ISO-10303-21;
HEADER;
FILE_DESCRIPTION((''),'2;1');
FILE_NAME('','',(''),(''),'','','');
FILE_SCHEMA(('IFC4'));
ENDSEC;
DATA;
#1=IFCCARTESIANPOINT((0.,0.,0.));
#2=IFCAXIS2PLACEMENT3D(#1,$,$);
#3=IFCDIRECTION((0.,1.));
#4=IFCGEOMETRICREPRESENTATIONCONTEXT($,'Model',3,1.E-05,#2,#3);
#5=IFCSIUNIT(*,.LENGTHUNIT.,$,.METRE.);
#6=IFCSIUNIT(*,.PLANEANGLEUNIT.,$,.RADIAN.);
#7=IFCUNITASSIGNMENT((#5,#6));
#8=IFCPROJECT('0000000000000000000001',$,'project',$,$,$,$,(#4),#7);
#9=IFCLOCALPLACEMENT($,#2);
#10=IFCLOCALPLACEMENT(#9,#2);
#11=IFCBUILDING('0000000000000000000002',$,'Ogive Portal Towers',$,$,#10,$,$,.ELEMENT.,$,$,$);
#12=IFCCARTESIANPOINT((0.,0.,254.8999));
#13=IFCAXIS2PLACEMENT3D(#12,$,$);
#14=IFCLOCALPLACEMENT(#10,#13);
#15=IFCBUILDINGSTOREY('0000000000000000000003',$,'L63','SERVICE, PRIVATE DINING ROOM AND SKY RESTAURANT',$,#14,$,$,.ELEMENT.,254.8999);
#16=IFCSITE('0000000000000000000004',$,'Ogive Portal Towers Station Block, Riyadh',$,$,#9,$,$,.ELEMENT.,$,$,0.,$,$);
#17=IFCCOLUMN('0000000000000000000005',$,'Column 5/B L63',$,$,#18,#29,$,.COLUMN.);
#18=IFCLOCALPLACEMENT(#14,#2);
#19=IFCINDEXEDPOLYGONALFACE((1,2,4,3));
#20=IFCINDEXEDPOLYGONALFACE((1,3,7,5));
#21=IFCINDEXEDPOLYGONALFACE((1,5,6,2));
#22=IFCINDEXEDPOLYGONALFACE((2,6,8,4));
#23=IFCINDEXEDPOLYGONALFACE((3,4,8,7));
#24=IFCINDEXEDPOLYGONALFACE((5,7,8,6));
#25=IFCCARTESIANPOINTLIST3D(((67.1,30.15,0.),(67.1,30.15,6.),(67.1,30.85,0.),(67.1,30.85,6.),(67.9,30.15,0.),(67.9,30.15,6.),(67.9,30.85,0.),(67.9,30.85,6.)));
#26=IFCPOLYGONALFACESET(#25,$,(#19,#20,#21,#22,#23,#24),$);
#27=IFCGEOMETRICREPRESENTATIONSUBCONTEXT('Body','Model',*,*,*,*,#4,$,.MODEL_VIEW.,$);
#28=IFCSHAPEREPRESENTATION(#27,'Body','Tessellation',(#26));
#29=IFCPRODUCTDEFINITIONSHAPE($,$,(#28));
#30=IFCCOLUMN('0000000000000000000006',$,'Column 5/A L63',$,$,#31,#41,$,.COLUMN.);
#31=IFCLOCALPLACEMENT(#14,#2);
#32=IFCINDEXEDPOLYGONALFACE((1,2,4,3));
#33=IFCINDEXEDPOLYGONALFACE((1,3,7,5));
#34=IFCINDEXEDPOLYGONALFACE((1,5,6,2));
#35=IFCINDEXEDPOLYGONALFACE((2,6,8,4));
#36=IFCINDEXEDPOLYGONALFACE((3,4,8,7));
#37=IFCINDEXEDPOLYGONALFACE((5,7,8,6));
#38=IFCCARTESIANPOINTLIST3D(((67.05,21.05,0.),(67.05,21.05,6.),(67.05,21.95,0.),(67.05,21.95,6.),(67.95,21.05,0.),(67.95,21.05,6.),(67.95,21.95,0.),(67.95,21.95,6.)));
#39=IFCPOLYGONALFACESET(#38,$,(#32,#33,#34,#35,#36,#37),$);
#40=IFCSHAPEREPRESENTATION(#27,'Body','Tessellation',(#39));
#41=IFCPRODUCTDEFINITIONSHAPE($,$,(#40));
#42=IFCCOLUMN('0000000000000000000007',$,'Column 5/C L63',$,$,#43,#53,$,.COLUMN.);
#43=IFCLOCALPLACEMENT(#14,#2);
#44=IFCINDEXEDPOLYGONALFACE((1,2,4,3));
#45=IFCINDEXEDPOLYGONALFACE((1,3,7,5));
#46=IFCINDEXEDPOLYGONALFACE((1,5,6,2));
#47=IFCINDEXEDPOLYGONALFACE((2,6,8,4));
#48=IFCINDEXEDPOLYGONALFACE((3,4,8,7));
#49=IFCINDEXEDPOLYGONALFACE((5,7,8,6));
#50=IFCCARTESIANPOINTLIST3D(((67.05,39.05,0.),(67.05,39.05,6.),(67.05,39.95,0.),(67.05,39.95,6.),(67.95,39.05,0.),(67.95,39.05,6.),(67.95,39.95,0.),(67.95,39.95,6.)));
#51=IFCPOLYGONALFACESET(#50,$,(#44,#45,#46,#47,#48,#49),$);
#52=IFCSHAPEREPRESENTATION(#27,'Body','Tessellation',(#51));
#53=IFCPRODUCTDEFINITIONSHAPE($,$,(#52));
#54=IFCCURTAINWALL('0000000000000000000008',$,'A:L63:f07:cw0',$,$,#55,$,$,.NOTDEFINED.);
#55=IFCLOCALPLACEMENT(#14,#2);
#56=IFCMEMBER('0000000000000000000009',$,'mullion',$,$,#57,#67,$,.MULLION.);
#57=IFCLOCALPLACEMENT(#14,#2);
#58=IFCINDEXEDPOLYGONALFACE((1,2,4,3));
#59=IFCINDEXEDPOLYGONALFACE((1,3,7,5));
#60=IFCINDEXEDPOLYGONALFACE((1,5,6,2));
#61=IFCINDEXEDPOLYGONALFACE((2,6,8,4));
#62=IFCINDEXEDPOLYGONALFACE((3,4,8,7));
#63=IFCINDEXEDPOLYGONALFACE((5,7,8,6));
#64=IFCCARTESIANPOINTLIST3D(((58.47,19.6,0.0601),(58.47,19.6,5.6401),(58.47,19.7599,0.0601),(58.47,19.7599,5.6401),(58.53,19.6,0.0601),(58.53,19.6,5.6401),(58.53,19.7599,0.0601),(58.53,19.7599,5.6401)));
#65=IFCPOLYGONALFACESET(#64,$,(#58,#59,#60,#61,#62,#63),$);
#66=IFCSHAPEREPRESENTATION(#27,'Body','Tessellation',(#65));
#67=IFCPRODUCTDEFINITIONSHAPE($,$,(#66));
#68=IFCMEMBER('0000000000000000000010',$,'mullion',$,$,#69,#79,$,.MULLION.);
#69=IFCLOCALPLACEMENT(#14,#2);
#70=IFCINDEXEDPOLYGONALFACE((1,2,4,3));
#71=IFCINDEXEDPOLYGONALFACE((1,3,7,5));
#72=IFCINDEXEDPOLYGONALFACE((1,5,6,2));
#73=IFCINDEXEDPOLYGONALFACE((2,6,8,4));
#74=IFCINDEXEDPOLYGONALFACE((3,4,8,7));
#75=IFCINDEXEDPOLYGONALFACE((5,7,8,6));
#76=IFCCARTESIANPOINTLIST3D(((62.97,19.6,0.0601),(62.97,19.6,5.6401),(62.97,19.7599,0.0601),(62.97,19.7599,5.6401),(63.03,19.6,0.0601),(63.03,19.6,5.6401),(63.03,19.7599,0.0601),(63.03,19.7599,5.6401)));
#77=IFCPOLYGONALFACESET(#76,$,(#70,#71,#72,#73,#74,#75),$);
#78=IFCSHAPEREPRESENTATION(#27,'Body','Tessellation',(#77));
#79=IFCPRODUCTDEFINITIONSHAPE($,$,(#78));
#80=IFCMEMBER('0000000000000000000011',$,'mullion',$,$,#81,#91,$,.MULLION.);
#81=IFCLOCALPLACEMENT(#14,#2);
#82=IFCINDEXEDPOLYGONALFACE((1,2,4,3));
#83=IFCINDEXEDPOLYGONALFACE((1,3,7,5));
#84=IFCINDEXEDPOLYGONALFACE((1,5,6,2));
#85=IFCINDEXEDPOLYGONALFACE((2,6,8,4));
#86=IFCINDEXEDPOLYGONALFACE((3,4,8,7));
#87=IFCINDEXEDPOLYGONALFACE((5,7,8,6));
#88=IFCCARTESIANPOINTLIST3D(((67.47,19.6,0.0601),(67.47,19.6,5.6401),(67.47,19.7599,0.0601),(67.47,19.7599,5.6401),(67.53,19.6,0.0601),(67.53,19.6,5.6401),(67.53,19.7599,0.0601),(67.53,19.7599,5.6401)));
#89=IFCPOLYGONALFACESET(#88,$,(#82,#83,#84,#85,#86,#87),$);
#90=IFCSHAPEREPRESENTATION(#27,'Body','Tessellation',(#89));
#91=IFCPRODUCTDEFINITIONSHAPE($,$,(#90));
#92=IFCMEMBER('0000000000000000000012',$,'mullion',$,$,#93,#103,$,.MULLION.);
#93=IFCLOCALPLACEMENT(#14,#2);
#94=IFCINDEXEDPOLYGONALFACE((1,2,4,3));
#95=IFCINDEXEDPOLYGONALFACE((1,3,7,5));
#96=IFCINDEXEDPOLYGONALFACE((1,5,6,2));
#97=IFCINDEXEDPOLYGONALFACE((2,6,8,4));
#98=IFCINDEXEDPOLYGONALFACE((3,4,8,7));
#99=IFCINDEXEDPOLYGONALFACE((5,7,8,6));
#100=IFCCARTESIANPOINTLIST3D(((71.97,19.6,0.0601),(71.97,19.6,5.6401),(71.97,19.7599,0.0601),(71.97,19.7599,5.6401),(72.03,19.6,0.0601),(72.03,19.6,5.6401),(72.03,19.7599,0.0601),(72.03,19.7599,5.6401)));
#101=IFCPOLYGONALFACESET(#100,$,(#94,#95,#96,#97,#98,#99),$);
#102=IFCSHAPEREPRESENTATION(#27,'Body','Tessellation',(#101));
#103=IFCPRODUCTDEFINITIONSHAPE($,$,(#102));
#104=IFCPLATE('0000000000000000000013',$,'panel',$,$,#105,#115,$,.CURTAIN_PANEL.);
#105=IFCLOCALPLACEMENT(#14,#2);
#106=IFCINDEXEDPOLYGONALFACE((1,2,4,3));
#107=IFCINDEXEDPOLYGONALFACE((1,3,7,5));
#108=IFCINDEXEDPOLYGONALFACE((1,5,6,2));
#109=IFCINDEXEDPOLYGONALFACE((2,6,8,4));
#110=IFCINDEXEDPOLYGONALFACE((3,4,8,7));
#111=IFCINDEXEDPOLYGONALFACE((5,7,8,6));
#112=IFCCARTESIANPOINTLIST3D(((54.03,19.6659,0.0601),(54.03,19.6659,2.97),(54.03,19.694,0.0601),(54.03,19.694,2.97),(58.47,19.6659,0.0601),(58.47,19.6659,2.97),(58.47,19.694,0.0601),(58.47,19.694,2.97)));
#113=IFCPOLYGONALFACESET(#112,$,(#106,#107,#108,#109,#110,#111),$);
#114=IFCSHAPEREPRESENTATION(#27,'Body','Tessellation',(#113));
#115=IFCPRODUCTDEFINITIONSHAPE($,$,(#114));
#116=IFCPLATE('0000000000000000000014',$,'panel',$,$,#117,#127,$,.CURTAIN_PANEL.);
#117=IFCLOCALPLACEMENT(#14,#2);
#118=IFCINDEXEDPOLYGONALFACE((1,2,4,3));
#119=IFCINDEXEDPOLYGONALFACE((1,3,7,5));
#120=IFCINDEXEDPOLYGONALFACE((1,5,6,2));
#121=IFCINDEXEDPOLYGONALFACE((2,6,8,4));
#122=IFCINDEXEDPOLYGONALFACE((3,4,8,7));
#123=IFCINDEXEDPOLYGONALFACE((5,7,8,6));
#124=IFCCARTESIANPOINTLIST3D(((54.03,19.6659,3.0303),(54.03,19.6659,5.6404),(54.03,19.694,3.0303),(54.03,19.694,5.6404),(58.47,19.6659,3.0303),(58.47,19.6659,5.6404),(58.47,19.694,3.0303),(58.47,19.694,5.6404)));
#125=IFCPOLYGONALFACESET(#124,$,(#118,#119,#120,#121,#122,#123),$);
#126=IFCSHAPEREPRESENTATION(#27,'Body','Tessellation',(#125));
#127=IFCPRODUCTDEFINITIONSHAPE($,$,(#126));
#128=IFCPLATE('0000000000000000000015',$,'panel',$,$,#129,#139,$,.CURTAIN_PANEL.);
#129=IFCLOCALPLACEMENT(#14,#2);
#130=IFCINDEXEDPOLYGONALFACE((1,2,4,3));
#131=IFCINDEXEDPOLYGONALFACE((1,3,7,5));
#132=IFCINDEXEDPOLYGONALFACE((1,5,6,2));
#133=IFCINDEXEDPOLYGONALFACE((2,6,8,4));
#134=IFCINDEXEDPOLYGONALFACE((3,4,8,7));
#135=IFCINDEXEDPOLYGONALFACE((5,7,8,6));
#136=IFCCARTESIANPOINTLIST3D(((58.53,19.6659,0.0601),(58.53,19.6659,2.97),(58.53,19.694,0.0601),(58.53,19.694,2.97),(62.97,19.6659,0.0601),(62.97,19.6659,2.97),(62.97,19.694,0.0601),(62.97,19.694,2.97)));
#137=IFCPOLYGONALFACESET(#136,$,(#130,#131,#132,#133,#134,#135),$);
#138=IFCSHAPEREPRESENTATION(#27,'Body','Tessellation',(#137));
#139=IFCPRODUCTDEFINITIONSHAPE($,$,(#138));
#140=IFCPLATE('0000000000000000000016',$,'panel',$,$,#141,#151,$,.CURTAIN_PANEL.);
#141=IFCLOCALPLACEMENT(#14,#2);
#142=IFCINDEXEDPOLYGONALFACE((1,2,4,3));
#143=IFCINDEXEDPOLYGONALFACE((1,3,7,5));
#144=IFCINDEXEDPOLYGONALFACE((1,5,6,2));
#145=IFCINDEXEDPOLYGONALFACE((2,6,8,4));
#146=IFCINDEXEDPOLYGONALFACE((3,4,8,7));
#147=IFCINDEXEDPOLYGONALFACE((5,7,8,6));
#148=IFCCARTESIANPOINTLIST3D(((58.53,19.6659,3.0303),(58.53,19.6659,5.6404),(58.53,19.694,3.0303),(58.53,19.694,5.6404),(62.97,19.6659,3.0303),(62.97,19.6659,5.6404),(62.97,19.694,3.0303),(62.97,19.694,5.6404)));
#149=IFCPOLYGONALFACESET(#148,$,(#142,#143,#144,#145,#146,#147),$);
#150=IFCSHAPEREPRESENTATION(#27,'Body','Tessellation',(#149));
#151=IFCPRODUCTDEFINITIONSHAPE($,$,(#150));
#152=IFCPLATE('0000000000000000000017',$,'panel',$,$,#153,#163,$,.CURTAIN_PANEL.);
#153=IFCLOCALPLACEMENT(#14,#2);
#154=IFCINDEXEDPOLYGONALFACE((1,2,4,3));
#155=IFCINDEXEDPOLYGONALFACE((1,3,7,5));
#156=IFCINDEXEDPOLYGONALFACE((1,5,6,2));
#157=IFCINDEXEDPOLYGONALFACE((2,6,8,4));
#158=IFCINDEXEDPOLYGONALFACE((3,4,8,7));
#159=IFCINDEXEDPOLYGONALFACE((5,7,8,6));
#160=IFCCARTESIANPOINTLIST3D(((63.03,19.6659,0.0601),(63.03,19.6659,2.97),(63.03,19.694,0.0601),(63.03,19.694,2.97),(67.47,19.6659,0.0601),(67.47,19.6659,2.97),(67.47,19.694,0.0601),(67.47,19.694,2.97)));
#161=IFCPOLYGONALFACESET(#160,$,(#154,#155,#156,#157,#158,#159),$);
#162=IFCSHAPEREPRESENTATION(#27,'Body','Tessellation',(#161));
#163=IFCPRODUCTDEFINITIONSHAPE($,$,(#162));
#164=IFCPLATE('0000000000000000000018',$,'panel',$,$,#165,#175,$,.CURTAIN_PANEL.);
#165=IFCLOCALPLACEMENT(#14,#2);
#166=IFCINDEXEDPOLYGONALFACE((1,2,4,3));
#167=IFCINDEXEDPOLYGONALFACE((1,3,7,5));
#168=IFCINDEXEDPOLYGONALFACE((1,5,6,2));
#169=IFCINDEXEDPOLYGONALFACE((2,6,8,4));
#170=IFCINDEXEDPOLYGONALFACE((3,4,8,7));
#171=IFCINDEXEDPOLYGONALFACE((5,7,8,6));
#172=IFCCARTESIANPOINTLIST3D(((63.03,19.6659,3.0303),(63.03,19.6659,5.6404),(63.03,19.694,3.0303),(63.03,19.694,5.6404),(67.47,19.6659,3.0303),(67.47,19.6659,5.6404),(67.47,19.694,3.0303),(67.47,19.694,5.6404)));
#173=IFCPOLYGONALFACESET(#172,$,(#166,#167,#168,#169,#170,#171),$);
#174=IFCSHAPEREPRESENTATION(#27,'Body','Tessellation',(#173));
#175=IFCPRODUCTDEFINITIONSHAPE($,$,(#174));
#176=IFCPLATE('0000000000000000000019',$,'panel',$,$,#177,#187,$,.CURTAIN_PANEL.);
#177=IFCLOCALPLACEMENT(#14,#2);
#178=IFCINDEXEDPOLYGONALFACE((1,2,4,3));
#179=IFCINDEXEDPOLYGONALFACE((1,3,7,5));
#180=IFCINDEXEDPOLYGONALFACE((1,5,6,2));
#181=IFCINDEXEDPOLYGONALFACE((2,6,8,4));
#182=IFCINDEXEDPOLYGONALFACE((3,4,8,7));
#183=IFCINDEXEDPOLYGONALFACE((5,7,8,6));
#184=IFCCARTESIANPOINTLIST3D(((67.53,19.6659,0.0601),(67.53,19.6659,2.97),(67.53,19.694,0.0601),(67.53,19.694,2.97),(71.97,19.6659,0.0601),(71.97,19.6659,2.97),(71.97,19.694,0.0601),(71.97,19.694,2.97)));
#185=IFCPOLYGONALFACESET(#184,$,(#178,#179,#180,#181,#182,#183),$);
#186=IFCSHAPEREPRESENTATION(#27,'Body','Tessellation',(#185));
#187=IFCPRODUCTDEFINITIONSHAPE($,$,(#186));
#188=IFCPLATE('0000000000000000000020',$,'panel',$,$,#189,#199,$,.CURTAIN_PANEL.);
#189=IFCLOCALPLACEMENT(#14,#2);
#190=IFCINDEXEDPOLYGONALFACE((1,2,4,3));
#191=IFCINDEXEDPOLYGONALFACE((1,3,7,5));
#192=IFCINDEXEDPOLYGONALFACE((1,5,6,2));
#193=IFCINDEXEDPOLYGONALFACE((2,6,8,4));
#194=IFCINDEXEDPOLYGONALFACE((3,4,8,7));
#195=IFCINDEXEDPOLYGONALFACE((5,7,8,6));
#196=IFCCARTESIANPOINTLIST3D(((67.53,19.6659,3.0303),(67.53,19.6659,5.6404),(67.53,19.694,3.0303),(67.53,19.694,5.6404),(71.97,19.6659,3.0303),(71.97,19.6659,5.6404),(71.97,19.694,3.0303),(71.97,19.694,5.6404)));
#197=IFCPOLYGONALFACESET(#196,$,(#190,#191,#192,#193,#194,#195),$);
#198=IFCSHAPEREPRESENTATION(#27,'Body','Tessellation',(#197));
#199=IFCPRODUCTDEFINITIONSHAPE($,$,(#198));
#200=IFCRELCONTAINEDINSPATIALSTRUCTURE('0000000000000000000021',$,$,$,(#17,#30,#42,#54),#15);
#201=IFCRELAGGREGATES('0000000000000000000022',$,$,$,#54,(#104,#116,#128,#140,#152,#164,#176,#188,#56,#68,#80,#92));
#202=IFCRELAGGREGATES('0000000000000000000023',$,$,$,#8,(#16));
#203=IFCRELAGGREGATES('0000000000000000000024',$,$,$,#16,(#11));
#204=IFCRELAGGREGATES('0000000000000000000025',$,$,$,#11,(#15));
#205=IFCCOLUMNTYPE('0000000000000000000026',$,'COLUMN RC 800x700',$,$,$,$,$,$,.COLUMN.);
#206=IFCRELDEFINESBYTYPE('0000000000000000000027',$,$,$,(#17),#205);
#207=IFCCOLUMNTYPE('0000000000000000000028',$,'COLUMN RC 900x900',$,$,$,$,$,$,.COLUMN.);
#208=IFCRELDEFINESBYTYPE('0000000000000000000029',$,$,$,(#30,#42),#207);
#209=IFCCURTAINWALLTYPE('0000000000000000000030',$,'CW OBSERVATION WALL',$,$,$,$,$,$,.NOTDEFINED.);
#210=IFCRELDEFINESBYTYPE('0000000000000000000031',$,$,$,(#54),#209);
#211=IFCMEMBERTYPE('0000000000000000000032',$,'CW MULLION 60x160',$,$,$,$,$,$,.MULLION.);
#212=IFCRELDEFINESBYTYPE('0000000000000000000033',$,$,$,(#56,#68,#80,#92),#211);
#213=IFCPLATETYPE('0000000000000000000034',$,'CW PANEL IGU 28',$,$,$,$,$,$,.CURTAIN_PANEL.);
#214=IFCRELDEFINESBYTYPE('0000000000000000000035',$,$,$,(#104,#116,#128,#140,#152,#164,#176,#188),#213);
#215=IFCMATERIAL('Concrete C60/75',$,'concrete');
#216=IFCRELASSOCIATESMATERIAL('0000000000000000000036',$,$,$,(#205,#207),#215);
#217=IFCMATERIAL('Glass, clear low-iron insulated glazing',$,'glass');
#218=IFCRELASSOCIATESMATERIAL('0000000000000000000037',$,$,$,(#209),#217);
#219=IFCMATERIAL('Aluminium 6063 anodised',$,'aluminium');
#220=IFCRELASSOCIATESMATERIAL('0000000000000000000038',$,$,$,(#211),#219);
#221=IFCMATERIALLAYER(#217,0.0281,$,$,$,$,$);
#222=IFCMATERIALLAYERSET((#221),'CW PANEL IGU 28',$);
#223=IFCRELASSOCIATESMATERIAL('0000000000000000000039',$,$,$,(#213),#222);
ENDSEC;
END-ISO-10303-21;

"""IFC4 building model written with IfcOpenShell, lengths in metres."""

from ifc_helpers import new_model, si_unit, direction, frame, origin, origin_2d, place, context, subcontext, project, spatial, rectangle, extrude, material, layer, layer_set, material_profile, profile_set, type_object, element, aggregate, save


model = new_model("IFC4")

# Units and contexts
model_context = context("Model", 3, precision=1e-05, world=origin(), true_north=direction((0.0, 1.0)))
body_context = subcontext(model_context, "Body", "Model", "MODEL_VIEW")
ifc_project = project(units=[si_unit("LENGTHUNIT", "METRE"), si_unit("PLANEANGLEUNIT", "RADIAN")], contexts=[model_context])

# Site, building, storey
site_placement = place(None, origin())
site = spatial("IfcSite", under=ifc_project, at=site_placement, Name="Ogive Portal Towers Station Block, Riyadh", CompositionType="ELEMENT", RefElevation=0.0)
building_placement = place(site_placement, origin())
building = spatial("IfcBuilding", under=site, at=building_placement, Name="Ogive Portal Towers", CompositionType="ELEMENT")
storey_placement = place(building_placement, frame((0.0, 0.0, 254.8999)))
storey = spatial("IfcBuildingStorey", under=building, at=storey_placement, Name="L63", Description="SERVICE, PRIVATE DINING ROOM AND SKY RESTAURANT", CompositionType="ELEMENT", Elevation=254.8999)

# Columns
ifc_material_1 = material(Name="Concrete C60/75", Category="concrete")
ifc_material_profile_1 = material_profile(ifc_material_1, rectangle(XDim=0.8, YDim=0.7, at=origin_2d()), Name="RC 800x700")
ifc_profile_set_1 = profile_set([ifc_material_profile_1], Name="Concrete C60/75")
column_type_1 = type_object("IfcColumnType", Name="COLUMN RC 800x700", PredefinedType="COLUMN", material=ifc_profile_set_1)
column_placement = place(storey_placement, frame((67.5, 30.5, 0.0), z_axis=(0.0, 0.0, 1.0), x_axis=(1.0, 0.0, 0.0)))
element("IfcColumn", 1, at=column_placement, inside=storey, type_object=column_type_1, Name="Column 5/B L63", PredefinedType="COLUMN", context=body_context, shape_type="SweptSolid", body=[
    extrude(rectangle(XDim=0.8, YDim=0.7, at=origin_2d()), origin(), (0.0, 0.0, 1.0), 6.0),
])
ifc_material_profile_2 = material_profile(ifc_material_1, rectangle(XDim=0.8999, YDim=0.8999, at=origin_2d()), Name="RC 900x900")
ifc_profile_set_2 = profile_set([ifc_material_profile_2], Name="Concrete C60/75")
column_type_2 = type_object("IfcColumnType", Name="COLUMN RC 900x900", PredefinedType="COLUMN", material=ifc_profile_set_2)
for number, where, z_axis, x_axis, name in (
    (2, (67.5, 21.5, 0.0), (0.0, 0.0, 1.0), (1.0, 0.0, 0.0), "Column 5/A L63"),
    (3, (67.5, 39.5, 0.0), (0.0, 0.0, 1.0), (1.0, 0.0, 0.0), "Column 5/C L63"),
):
    element("IfcColumn", number, at=place(storey_placement, frame(where, z_axis=z_axis, x_axis=x_axis)), inside=storey, type_object=column_type_2, Name=name, PredefinedType="COLUMN", context=body_context, shape_type="SweptSolid", body=[
        extrude(rectangle(XDim=0.8999, YDim=0.8999, at=origin_2d()), origin(), (0.0, 0.0, 1.0), 6.0),
    ])

# Curtain wall, members, plates
ifc_material_2 = material(Name="Glass, clear low-iron insulated glazing", Category="glass")
curtain_wall_type = type_object("IfcCurtainWallType", Name="CW OBSERVATION WALL", PredefinedType="NOTDEFINED", material=ifc_material_2)
curtain_wall_placement = place(storey_placement, origin())
curtain_wall = element("IfcCurtainWall", 4, at=curtain_wall_placement, inside=storey, type_object=curtain_wall_type, Name="A:L63:f07:cw0", PredefinedType="NOTDEFINED")
ifc_material_3 = material(Name="Aluminium 6063 anodised", Category="aluminium")
ifc_material_profile_3 = material_profile(ifc_material_3, rectangle(XDim=0.1599, YDim=0.0601, at=origin_2d()), Name="AL 60x160")
ifc_profile_set_3 = profile_set([ifc_material_profile_3], Name="Aluminium 6063 anodised")
member_type = type_object("IfcMemberType", Name="CW MULLION 60x160", PredefinedType="MULLION", material=ifc_profile_set_3)
member_1_placement = place(storey_placement, frame((58.5, 19.6799, 0.0601), z_axis=(0.0, 0.0, 1.0), x_axis=(0.0, 1.0, 0.0)))
member_1 = element("IfcMember", 5, at=member_1_placement, type_object=member_type, Name="mullion", PredefinedType="MULLION", context=body_context, shape_type="SweptSolid", body=[
    extrude(rectangle(XDim=0.1599, YDim=0.0601, at=origin_2d()), origin(), (0.0, 0.0, 1.0), 5.5801),
])
member_2_placement = place(storey_placement, frame((63.0, 19.6799, 0.0601), z_axis=(0.0, 0.0, 1.0), x_axis=(0.0, 1.0, 0.0)))
member_2 = element("IfcMember", 6, at=member_2_placement, type_object=member_type, Name="mullion", PredefinedType="MULLION", context=body_context, shape_type="SweptSolid", body=[
    extrude(rectangle(XDim=0.1599, YDim=0.0601, at=origin_2d()), origin(), (0.0, 0.0, 1.0), 5.5801),
])
member_3_placement = place(storey_placement, frame((67.5, 19.6799, 0.0601), z_axis=(0.0, 0.0, 1.0), x_axis=(0.0, 1.0, 0.0)))
member_3 = element("IfcMember", 7, at=member_3_placement, type_object=member_type, Name="mullion", PredefinedType="MULLION", context=body_context, shape_type="SweptSolid", body=[
    extrude(rectangle(XDim=0.1599, YDim=0.0601, at=origin_2d()), origin(), (0.0, 0.0, 1.0), 5.5801),
])
member_4_placement = place(storey_placement, frame((72.0, 19.6799, 0.0601), z_axis=(0.0, 0.0, 1.0), x_axis=(0.0, 1.0, 0.0)))
member_4 = element("IfcMember", 8, at=member_4_placement, type_object=member_type, Name="mullion", PredefinedType="MULLION", context=body_context, shape_type="SweptSolid", body=[
    extrude(rectangle(XDim=0.1599, YDim=0.0601, at=origin_2d()), origin(), (0.0, 0.0, 1.0), 5.5801),
])
ifc_layer_1 = layer(ifc_material_2, 0.0281)
ifc_layer_set_1 = layer_set([ifc_layer_1], Name="CW PANEL IGU 28")
plate_type = type_object("IfcPlateType", Name="CW PANEL IGU 28", PredefinedType="CURTAIN_PANEL", material=ifc_layer_set_1)
plate_1_placement = place(storey_placement, frame((56.25, 19.6799, 0.0601), z_axis=(0.0, 0.0, 1.0), x_axis=(1.0, 0.0, 0.0)))
plate_1 = element("IfcPlate", 9, at=plate_1_placement, type_object=plate_type, Name="panel", PredefinedType="CURTAIN_PANEL", context=body_context, shape_type="SweptSolid", body=[
    extrude(rectangle(XDim=4.4399, YDim=0.0281, at=origin_2d()), origin(), (0.0, 0.0, 1.0), 2.9099),
])
plate_2_placement = place(storey_placement, frame((56.25, 19.6799, 3.0303), z_axis=(0.0, 0.0, 1.0), x_axis=(1.0, 0.0, 0.0)))
plate_2 = element("IfcPlate", 10, at=plate_2_placement, type_object=plate_type, Name="panel", PredefinedType="CURTAIN_PANEL", context=body_context, shape_type="SweptSolid", body=[
    extrude(rectangle(XDim=4.4399, YDim=0.0281, at=origin_2d()), origin(), (0.0, 0.0, 1.0), 2.6101),
])
plate_3_placement = place(storey_placement, frame((60.75, 19.6799, 0.0601), z_axis=(0.0, 0.0, 1.0), x_axis=(1.0, 0.0, 0.0)))
plate_3 = element("IfcPlate", 11, at=plate_3_placement, type_object=plate_type, Name="panel", PredefinedType="CURTAIN_PANEL", context=body_context, shape_type="SweptSolid", body=[
    extrude(rectangle(XDim=4.4399, YDim=0.0281, at=origin_2d()), origin(), (0.0, 0.0, 1.0), 2.9099),
])
plate_4_placement = place(storey_placement, frame((60.75, 19.6799, 3.0303), z_axis=(0.0, 0.0, 1.0), x_axis=(1.0, 0.0, 0.0)))
plate_4 = element("IfcPlate", 12, at=plate_4_placement, type_object=plate_type, Name="panel", PredefinedType="CURTAIN_PANEL", context=body_context, shape_type="SweptSolid", body=[
    extrude(rectangle(XDim=4.4399, YDim=0.0281, at=origin_2d()), origin(), (0.0, 0.0, 1.0), 2.6101),
])
plate_5_placement = place(storey_placement, frame((65.25, 19.6799, 0.0601), z_axis=(0.0, 0.0, 1.0), x_axis=(1.0, 0.0, 0.0)))
plate_5 = element("IfcPlate", 13, at=plate_5_placement, type_object=plate_type, Name="panel", PredefinedType="CURTAIN_PANEL", context=body_context, shape_type="SweptSolid", body=[
    extrude(rectangle(XDim=4.4399, YDim=0.0281, at=origin_2d()), origin(), (0.0, 0.0, 1.0), 2.9099),
])
plate_6_placement = place(storey_placement, frame((65.25, 19.6799, 3.0303), z_axis=(0.0, 0.0, 1.0), x_axis=(1.0, 0.0, 0.0)))
plate_6 = element("IfcPlate", 14, at=plate_6_placement, type_object=plate_type, Name="panel", PredefinedType="CURTAIN_PANEL", context=body_context, shape_type="SweptSolid", body=[
    extrude(rectangle(XDim=4.4399, YDim=0.0281, at=origin_2d()), origin(), (0.0, 0.0, 1.0), 2.6101),
])
plate_7_placement = place(storey_placement, frame((69.75, 19.6799, 0.0601), z_axis=(0.0, 0.0, 1.0), x_axis=(1.0, 0.0, 0.0)))
plate_7 = element("IfcPlate", 15, at=plate_7_placement, type_object=plate_type, Name="panel", PredefinedType="CURTAIN_PANEL", context=body_context, shape_type="SweptSolid", body=[
    extrude(rectangle(XDim=4.4399, YDim=0.0281, at=origin_2d()), origin(), (0.0, 0.0, 1.0), 2.9099),
])
plate_8_placement = place(storey_placement, frame((69.75, 19.6799, 3.0303), z_axis=(0.0, 0.0, 1.0), x_axis=(1.0, 0.0, 0.0)))
plate_8 = element("IfcPlate", 16, at=plate_8_placement, type_object=plate_type, Name="panel", PredefinedType="CURTAIN_PANEL", context=body_context, shape_type="SweptSolid", body=[
    extrude(rectangle(XDim=4.4399, YDim=0.0281, at=origin_2d()), origin(), (0.0, 0.0, 1.0), 2.6101),
])
aggregate(curtain_wall, [plate_1, plate_2, plate_3, plate_4, plate_5, plate_6, plate_7, plate_8, member_1, member_2, member_3, member_4])

save(model, "model.ifc")
